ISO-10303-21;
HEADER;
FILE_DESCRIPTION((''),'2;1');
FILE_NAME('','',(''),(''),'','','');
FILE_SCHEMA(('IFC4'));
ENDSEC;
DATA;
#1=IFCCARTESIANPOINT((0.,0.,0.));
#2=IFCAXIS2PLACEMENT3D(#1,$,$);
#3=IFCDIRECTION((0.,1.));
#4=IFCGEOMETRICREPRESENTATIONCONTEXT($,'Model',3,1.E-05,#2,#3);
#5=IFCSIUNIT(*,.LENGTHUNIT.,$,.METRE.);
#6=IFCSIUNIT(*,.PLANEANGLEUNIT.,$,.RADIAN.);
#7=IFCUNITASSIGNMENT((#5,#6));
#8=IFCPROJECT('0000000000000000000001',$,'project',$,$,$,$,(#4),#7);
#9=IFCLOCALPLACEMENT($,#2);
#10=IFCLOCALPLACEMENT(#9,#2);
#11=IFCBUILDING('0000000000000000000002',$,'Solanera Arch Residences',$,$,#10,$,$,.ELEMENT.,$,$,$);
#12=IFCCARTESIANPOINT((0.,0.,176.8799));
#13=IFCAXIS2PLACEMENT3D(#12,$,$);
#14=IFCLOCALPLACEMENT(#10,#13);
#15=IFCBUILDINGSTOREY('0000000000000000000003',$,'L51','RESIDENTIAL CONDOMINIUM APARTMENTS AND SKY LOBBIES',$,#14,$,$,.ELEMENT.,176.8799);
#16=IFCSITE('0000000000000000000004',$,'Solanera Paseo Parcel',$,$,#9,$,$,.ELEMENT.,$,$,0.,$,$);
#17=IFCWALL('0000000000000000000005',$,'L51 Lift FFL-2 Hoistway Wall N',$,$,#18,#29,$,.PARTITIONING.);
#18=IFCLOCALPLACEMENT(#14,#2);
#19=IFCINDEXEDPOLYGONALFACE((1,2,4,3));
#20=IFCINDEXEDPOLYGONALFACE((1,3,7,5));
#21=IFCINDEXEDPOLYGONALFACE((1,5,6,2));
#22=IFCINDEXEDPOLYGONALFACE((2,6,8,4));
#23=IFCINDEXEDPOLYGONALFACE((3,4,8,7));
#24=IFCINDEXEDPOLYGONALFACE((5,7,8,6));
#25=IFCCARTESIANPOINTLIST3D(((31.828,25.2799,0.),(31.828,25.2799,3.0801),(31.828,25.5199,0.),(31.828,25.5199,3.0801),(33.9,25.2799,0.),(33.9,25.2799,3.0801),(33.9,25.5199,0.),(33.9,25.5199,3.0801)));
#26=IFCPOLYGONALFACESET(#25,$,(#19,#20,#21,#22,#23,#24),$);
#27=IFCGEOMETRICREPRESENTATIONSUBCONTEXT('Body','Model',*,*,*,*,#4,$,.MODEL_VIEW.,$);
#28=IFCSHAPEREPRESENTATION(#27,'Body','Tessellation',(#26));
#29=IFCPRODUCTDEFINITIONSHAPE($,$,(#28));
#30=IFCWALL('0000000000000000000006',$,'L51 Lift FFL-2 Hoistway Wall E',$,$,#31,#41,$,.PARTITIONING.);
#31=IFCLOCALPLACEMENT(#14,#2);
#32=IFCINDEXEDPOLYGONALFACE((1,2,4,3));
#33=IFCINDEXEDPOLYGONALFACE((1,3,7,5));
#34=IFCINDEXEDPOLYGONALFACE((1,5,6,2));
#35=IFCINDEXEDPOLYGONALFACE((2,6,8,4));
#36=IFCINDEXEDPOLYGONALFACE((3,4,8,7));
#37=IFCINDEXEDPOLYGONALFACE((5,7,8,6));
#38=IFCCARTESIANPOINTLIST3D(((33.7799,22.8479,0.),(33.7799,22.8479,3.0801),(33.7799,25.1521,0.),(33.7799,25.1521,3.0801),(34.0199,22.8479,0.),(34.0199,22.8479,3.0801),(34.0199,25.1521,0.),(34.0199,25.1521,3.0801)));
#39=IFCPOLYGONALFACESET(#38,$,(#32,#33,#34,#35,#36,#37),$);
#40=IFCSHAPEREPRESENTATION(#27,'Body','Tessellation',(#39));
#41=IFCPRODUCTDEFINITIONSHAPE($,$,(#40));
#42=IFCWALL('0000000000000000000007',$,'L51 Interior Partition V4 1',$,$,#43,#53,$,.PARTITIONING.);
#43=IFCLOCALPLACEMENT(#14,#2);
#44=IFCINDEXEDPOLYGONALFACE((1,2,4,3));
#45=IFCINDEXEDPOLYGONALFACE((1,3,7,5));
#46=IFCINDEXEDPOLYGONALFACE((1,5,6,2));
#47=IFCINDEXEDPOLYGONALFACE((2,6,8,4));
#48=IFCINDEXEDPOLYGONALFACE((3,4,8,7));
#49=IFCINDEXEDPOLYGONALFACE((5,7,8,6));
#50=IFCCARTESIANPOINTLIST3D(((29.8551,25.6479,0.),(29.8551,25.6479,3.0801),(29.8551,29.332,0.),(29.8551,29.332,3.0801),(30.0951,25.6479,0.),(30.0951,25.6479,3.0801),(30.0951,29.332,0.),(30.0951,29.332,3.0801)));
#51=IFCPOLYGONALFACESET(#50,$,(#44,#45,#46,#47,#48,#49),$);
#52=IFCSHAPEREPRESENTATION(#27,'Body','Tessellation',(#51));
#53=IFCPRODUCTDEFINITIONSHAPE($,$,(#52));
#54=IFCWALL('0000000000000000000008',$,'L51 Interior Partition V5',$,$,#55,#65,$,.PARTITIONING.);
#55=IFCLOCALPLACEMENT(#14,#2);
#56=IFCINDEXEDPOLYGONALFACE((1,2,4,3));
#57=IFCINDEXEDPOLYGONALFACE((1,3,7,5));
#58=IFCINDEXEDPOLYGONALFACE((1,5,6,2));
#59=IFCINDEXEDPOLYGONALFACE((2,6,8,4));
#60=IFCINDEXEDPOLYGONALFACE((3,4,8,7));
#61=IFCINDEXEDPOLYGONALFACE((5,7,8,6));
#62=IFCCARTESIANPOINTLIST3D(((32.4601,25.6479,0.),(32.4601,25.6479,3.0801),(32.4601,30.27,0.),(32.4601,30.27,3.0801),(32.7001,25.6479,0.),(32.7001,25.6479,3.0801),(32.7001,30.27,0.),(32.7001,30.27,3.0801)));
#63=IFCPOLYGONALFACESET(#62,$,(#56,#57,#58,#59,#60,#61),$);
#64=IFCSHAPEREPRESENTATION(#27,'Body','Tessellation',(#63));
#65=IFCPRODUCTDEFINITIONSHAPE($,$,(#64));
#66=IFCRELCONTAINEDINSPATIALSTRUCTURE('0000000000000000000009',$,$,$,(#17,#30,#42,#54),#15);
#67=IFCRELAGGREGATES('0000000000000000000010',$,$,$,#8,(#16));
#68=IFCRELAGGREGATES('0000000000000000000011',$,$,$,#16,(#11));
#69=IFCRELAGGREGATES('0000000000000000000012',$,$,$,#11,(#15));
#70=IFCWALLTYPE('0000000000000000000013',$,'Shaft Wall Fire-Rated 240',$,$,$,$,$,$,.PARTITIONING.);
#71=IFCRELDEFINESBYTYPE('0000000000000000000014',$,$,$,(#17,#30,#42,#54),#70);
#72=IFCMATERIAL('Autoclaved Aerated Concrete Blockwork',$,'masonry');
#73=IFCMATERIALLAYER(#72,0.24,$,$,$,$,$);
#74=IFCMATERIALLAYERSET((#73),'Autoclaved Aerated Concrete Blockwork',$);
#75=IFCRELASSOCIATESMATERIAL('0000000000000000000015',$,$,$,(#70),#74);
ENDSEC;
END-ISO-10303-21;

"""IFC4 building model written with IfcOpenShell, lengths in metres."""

from ifc_helpers import new_model, si_unit, direction, frame, frame_2d, origin, place, context, subcontext, project, spatial, rectangle, extrude, material, layer, layer_set, type_object, element, save


model = new_model("IFC4")

# Units and contexts
model_context = context("Model", 3, precision=1e-05, world=origin(), true_north=direction((0.0, 1.0)))
body_context = subcontext(model_context, "Body", "Model", "MODEL_VIEW")
ifc_project = project(units=[si_unit("LENGTHUNIT", "METRE"), si_unit("PLANEANGLEUNIT", "RADIAN")], contexts=[model_context])

# Site, building, storey
site_placement = place(None, origin())
site = spatial("IfcSite", under=ifc_project, at=site_placement, Name="Solanera Paseo Parcel", CompositionType="ELEMENT", RefElevation=0.0)
building_placement = place(site_placement, origin())
building = spatial("IfcBuilding", under=site, at=building_placement, Name="Solanera Arch Residences", CompositionType="ELEMENT")
storey_placement = place(building_placement, frame((0.0, 0.0, 176.8799)))
storey = spatial("IfcBuildingStorey", under=building, at=storey_placement, Name="L51", Description="RESIDENTIAL CONDOMINIUM APARTMENTS AND SKY LOBBIES", CompositionType="ELEMENT", Elevation=176.8799)

# Walls
ifc_material_1 = material(Name="Autoclaved Aerated Concrete Blockwork", Category="masonry")
ifc_layer_1 = layer(ifc_material_1, 0.24)
ifc_layer_set_1 = layer_set([ifc_layer_1], Name="Autoclaved Aerated Concrete Blockwork")
wall_type_1 = type_object("IfcWallType", Name="Shaft Wall Fire-Rated 240", PredefinedType="PARTITIONING", material=ifc_layer_set_1)
for number, where, z_axis, x_axis, name in (
    (1, (31.8279, 25.3999, 0.0), (0.0, 0.0, 1.0), (1.0, 0.0, 0.0), "L51 Lift FFL-2 Hoistway Wall N"),
):
    element("IfcWall", number, at=place(storey_placement, frame(where, z_axis=z_axis, x_axis=x_axis)), inside=storey, type_object=wall_type_1, Name=name, PredefinedType="PARTITIONING", context=body_context, shape_type="SweptSolid", body=[
        extrude(rectangle(XDim=2.072, YDim=0.24, at=frame_2d((1.0361, 0.0))), origin(), (0.0, 0.0, 1.0), 3.0801),
    ])
wall_1_placement = place(storey_placement, frame((33.8999, 22.8479, 0.0), z_axis=(0.0, 0.0, 1.0), x_axis=(0.0, 1.0, 0.0)))
element("IfcWall", 2, at=wall_1_placement, inside=storey, type_object=wall_type_1, Name="L51 Lift FFL-2 Hoistway Wall E", PredefinedType="PARTITIONING", context=body_context, shape_type="SweptSolid", body=[
    extrude(rectangle(XDim=2.3042, YDim=0.24, at=frame_2d((1.1521, 0.0))), origin(), (0.0, 0.0, 1.0), 3.0801),
])
wall_2_placement = place(storey_placement, frame((29.9751, 25.6479, 0.0), z_axis=(0.0, 0.0, 1.0), x_axis=(0.0, 1.0, 0.0)))
element("IfcWall", 3, at=wall_2_placement, inside=storey, type_object=wall_type_1, Name="L51 Interior Partition V4 1", PredefinedType="PARTITIONING", context=body_context, shape_type="SweptSolid", body=[
    extrude(rectangle(XDim=3.6841, YDim=0.24, at=frame_2d((1.842, 0.0))), origin(), (0.0, 0.0, 1.0), 3.0801),
])

# Wall
wall_3_placement = place(storey_placement, frame((32.5801, 25.6479, 0.0), z_axis=(0.0, 0.0, 1.0), x_axis=(0.0, 1.0, 0.0)))
element("IfcWall", 4, at=wall_3_placement, inside=storey, type_object=wall_type_1, Name="L51 Interior Partition V5", PredefinedType="PARTITIONING", context=body_context, shape_type="SweptSolid", body=[
    extrude(rectangle(XDim=4.6221, YDim=0.24, at=frame_2d((2.311, 0.0))), origin(), (0.0, 0.0, 1.0), 3.0801),
])

save(model, "model.ifc")
